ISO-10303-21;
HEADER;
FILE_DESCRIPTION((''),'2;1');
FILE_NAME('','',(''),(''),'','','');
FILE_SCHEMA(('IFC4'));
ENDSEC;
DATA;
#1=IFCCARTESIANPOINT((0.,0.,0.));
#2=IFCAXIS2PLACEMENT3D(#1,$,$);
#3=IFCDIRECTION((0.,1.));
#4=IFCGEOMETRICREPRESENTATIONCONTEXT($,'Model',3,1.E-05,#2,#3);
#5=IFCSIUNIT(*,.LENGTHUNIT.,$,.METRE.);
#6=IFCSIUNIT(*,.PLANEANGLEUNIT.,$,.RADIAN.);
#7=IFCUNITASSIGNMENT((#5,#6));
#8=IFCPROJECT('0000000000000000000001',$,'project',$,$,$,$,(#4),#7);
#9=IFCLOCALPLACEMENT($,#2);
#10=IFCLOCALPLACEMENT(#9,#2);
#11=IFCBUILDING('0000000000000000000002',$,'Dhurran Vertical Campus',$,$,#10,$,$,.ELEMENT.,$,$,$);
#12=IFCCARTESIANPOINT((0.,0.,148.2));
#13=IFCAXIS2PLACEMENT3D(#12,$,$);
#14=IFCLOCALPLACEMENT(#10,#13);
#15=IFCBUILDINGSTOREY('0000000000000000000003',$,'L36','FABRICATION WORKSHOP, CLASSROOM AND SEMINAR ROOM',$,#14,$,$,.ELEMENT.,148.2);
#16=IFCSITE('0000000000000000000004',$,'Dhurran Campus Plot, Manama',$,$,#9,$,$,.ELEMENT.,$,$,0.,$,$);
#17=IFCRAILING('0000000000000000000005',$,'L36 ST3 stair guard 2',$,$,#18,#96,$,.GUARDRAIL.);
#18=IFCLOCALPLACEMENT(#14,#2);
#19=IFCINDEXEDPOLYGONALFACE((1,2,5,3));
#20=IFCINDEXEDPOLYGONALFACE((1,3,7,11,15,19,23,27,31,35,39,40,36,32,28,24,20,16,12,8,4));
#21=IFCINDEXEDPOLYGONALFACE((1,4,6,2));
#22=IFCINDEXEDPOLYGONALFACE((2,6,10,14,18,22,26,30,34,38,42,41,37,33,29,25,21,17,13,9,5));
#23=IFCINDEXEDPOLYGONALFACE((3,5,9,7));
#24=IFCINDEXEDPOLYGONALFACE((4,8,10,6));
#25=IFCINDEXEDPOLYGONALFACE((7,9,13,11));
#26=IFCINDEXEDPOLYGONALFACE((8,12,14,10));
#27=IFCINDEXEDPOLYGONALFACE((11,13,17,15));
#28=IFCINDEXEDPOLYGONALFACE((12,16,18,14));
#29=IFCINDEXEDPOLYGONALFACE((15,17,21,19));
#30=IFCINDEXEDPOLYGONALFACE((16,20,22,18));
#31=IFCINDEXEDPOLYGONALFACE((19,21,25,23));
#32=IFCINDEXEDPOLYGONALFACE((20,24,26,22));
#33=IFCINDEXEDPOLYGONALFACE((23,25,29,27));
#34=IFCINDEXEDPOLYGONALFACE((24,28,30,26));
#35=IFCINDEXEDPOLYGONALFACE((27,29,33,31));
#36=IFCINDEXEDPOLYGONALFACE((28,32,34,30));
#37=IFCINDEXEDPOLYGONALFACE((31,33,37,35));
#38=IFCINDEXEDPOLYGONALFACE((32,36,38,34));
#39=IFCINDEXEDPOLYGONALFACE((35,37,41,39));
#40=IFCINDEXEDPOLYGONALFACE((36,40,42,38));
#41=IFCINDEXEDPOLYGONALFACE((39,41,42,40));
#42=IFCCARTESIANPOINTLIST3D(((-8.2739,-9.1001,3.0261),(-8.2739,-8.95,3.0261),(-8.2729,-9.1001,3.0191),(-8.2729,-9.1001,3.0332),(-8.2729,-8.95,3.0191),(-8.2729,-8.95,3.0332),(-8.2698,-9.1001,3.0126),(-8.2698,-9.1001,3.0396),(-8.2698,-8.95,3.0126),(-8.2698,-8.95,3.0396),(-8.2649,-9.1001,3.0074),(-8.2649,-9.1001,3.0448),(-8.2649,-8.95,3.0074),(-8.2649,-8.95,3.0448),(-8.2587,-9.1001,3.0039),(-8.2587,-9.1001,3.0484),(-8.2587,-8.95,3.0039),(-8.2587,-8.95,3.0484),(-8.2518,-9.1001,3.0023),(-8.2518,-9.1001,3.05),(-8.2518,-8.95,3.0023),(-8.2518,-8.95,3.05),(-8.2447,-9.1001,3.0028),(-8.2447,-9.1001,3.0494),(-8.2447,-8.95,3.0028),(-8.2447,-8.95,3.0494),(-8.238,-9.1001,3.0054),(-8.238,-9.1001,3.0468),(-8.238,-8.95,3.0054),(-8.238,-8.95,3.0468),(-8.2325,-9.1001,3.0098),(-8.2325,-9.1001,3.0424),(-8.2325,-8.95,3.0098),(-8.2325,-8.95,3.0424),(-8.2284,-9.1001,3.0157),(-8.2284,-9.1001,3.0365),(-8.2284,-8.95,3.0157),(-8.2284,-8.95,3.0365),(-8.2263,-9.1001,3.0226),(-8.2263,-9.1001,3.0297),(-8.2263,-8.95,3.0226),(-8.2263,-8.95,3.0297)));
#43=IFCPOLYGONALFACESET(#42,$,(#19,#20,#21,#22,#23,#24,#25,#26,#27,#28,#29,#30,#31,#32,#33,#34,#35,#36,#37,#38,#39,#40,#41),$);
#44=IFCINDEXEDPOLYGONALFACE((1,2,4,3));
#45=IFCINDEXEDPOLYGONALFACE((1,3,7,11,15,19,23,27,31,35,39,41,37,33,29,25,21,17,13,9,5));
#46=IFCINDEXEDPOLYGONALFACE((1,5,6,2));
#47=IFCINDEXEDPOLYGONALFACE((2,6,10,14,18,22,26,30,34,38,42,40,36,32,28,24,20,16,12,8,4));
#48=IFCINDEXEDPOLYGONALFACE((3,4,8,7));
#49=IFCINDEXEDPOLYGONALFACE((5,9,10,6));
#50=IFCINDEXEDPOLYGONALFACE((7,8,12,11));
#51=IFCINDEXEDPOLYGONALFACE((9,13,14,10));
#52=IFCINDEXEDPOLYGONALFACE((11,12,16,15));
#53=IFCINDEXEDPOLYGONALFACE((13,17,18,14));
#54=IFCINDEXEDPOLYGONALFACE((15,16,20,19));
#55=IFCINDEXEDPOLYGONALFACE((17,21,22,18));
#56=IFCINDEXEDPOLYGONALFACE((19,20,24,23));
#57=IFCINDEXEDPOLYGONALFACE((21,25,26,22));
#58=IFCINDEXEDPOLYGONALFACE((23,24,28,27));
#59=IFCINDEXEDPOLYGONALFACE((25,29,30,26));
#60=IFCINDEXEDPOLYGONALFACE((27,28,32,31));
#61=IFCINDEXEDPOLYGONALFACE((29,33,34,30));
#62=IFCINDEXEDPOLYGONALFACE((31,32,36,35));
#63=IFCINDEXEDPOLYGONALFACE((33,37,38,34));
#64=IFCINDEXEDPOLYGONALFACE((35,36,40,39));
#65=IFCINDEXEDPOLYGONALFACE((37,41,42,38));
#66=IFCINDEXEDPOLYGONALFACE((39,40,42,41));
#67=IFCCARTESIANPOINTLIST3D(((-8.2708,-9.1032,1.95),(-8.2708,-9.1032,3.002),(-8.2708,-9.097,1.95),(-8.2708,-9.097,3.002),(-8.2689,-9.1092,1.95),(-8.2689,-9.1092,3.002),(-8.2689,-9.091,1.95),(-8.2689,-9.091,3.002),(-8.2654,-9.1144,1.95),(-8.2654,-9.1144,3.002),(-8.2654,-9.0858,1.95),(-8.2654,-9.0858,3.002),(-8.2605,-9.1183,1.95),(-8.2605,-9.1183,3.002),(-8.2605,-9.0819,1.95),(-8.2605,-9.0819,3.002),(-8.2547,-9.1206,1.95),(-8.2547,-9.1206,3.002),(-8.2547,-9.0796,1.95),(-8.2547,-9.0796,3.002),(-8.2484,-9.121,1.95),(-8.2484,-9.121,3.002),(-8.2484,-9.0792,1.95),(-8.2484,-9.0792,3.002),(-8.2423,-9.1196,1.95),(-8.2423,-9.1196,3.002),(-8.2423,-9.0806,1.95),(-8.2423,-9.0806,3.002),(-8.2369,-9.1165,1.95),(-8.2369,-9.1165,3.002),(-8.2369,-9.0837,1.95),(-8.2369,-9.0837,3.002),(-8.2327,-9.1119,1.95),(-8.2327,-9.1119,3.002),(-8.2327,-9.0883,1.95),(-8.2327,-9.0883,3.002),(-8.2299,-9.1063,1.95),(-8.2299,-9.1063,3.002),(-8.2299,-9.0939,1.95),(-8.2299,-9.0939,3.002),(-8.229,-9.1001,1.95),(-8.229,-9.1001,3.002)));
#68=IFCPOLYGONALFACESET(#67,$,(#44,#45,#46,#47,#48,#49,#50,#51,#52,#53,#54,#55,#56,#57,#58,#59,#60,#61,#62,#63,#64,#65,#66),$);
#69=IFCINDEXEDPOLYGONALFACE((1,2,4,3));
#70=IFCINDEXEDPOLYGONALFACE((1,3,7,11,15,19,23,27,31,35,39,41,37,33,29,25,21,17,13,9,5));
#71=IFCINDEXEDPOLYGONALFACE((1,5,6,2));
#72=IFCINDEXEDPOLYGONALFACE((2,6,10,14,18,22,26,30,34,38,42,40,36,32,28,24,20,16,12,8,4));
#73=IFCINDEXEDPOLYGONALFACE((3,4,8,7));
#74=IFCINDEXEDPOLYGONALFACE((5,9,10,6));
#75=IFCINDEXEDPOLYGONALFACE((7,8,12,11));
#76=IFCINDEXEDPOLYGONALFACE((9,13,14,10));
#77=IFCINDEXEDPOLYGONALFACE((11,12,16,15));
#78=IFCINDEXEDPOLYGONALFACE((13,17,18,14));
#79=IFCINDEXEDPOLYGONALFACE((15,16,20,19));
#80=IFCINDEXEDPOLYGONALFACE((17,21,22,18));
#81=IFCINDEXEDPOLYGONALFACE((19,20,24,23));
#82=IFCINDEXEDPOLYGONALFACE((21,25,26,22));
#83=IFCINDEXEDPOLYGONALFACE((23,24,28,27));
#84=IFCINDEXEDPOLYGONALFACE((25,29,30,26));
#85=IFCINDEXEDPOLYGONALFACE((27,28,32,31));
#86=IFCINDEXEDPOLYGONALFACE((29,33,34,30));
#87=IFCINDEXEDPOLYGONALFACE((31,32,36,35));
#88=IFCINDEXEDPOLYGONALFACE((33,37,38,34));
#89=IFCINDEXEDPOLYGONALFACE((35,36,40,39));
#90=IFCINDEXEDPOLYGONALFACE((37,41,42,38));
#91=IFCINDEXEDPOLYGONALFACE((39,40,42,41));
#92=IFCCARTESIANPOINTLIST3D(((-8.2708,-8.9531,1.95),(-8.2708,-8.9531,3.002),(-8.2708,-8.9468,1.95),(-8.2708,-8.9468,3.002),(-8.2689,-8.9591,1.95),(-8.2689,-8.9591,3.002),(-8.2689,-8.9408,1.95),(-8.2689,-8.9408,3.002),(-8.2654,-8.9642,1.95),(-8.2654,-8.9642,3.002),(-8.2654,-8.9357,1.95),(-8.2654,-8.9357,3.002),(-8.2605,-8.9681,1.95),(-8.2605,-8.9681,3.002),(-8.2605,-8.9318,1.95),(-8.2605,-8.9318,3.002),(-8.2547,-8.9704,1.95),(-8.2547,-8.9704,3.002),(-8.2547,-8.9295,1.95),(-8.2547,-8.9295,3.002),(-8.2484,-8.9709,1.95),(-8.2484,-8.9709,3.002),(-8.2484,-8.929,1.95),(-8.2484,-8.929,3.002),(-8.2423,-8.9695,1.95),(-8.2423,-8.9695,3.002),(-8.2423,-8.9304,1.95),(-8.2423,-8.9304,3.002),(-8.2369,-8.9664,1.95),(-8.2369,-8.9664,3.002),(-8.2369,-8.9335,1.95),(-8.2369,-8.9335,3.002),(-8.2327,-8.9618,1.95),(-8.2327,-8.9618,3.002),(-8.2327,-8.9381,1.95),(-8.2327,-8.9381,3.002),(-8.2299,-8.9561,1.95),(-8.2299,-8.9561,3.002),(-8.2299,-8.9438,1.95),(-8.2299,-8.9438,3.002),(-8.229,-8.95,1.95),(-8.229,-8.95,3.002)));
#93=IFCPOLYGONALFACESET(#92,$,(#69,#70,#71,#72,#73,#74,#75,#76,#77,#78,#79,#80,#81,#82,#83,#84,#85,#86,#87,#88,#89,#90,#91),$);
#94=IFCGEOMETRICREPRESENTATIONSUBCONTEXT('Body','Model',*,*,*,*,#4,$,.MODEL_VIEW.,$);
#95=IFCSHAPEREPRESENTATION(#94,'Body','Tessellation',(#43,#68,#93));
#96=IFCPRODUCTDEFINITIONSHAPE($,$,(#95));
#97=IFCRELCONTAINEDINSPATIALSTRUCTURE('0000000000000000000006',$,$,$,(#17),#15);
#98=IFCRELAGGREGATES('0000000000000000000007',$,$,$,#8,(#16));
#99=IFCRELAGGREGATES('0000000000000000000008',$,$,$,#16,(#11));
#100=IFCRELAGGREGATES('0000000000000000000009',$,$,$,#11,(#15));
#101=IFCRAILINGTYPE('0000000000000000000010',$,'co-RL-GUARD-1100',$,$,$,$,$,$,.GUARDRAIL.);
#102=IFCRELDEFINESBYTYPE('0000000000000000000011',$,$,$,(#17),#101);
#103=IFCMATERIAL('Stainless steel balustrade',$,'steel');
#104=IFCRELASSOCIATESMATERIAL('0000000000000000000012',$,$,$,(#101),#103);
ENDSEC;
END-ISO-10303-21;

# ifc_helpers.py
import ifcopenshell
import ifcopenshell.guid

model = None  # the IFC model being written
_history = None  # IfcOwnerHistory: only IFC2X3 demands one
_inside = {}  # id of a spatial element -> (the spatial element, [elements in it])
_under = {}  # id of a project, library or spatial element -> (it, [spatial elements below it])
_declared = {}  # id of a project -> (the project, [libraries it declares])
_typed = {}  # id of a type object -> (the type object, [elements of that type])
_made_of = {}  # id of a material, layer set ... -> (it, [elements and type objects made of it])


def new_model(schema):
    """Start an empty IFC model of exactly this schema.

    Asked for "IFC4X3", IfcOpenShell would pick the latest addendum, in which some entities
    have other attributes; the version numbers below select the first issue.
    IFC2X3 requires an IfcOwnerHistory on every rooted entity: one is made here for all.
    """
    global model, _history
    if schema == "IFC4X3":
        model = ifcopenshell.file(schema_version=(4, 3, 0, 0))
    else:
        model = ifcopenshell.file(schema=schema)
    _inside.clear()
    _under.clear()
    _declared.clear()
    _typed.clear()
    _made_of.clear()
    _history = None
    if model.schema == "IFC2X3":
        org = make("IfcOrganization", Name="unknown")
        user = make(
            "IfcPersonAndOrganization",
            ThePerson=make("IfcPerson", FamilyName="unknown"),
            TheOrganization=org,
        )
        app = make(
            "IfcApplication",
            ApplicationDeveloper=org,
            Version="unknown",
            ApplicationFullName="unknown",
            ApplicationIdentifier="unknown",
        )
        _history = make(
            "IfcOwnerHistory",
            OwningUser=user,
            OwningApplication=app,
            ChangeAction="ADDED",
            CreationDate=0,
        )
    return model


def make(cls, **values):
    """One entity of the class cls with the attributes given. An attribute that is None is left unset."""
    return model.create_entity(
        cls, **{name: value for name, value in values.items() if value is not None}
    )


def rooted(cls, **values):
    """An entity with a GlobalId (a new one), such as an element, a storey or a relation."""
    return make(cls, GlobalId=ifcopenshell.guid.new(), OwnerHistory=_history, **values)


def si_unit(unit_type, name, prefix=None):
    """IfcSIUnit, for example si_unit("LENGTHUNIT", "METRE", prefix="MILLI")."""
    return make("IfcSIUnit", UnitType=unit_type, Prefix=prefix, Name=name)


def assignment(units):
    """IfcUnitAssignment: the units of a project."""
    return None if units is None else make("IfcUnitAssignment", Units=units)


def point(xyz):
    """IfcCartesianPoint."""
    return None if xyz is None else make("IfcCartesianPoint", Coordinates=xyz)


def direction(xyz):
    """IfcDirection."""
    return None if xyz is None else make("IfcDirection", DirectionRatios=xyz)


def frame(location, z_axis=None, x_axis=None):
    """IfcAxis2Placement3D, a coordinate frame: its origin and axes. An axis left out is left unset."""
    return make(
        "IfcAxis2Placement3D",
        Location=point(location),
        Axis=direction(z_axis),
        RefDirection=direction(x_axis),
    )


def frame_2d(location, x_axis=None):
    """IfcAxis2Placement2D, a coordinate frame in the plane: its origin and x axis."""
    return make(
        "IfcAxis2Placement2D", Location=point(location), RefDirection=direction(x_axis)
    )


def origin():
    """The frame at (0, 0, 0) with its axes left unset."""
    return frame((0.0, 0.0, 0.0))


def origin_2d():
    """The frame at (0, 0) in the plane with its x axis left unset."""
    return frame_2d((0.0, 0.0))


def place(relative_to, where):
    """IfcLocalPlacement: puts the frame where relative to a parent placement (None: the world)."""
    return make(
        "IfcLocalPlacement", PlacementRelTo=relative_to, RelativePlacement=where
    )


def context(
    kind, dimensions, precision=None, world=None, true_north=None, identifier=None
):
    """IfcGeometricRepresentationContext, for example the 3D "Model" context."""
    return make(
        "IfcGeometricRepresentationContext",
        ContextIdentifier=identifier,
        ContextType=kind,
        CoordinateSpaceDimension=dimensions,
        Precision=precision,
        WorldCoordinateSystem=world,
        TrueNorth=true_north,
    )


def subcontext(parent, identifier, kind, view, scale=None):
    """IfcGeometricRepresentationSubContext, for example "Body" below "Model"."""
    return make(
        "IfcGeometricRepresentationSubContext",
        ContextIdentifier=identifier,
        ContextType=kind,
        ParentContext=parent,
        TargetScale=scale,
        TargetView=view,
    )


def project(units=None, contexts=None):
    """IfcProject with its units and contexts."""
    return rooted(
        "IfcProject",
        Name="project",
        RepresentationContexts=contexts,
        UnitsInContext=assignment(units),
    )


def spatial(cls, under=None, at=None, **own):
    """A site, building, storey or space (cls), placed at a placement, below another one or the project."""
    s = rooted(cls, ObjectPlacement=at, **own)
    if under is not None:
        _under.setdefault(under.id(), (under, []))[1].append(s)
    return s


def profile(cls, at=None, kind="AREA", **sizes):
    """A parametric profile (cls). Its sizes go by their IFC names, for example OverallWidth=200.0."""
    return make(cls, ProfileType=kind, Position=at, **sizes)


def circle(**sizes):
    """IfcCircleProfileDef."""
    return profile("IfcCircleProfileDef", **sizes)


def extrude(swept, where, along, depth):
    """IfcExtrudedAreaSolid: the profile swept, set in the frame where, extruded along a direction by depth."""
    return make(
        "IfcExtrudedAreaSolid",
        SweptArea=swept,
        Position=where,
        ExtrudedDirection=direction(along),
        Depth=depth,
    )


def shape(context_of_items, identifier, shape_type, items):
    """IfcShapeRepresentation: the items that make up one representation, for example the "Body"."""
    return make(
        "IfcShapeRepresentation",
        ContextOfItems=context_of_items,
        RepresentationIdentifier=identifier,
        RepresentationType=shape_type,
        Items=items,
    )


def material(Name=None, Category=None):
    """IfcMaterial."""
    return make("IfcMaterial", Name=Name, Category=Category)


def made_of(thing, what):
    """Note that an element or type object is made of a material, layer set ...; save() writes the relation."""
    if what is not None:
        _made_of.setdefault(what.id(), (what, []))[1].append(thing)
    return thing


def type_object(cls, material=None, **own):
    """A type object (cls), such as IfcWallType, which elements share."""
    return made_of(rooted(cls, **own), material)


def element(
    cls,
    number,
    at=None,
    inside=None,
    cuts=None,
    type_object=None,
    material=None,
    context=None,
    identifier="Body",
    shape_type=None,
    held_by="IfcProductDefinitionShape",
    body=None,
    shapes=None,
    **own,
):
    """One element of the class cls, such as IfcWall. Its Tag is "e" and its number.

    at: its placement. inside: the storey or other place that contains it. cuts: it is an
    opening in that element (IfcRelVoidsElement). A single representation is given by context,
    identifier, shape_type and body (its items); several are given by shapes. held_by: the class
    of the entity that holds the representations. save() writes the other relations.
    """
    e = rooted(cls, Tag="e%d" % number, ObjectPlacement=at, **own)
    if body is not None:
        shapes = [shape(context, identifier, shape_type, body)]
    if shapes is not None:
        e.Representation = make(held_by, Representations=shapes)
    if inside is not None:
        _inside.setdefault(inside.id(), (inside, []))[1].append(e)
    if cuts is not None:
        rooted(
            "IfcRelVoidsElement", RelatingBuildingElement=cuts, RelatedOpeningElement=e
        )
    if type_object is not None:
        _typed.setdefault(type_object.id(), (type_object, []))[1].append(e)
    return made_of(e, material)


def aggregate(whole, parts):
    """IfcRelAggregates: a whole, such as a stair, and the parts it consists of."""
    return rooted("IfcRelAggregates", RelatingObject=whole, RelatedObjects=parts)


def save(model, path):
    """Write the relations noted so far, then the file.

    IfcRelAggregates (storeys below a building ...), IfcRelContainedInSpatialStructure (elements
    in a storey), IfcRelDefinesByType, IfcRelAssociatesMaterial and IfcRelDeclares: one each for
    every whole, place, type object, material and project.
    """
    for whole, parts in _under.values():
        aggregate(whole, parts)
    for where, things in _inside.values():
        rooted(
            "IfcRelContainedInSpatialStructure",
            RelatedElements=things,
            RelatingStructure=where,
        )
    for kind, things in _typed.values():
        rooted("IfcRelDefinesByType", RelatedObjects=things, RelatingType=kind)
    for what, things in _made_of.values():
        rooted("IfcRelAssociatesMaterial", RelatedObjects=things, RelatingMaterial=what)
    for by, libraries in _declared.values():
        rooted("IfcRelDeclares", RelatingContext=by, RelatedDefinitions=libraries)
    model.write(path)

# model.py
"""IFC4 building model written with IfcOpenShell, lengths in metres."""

from ifc_helpers import new_model, si_unit, direction, frame, origin, origin_2d, place, context, subcontext, project, spatial, circle, extrude, material, type_object, element, save


model = new_model("IFC4")

# Units and contexts
model_context = context("Model", 3, precision=1e-05, world=origin(), true_north=direction((0.0, 1.0)))
body_context = subcontext(model_context, "Body", "Model", "MODEL_VIEW")
ifc_project = project(units=[si_unit("LENGTHUNIT", "METRE"), si_unit("PLANEANGLEUNIT", "RADIAN")], contexts=[model_context])

# Site, building, storey
site_placement = place(None, origin())
site = spatial("IfcSite", under=ifc_project, at=site_placement, Name="Dhurran Campus Plot, Manama", CompositionType="ELEMENT", RefElevation=0.0)
building_placement = place(site_placement, origin())
building = spatial("IfcBuilding", under=site, at=building_placement, Name="Dhurran Vertical Campus", CompositionType="ELEMENT")
storey_placement = place(building_placement, frame((0.0, 0.0, 148.2)))
storey = spatial("IfcBuildingStorey", under=building, at=storey_placement, Name="L36", Description="FABRICATION WORKSHOP, CLASSROOM AND SEMINAR ROOM", CompositionType="ELEMENT", Elevation=148.2)

# Railing
ifc_material_1 = material(Name="Stainless steel balustrade", Category="steel")
railing_type_1 = type_object("IfcRailingType", Name="co-RL-GUARD-1100", PredefinedType="GUARDRAIL", material=ifc_material_1)
railing_1_placement = place(storey_placement, frame((-8.25, -9.1001, 1.95)))
element("IfcRailing", 1, at=railing_1_placement, inside=storey, type_object=railing_type_1, Name="L36 ST3 stair guard 2", PredefinedType="GUARDRAIL", context=body_context, shape_type="SweptSolid", body=[
    extrude(circle(Radius=0.0239, at=origin_2d()), frame((0.0, 0.0, 1.0762), z_axis=(0.0, 1.0, 0.0), x_axis=(-1.0, 0.0, 0.0)), (0.0, 0.0, 1.0), 0.1501),
    extrude(circle(Radius=0.021, at=origin_2d()), origin(), (0.0, 0.0, 1.0), 1.052),
    extrude(circle(Radius=0.021, at=origin_2d()), frame((0.0, 0.1501, 0.0)), (0.0, 0.0, 1.0), 1.052),
])

save(model, "model.ifc")
